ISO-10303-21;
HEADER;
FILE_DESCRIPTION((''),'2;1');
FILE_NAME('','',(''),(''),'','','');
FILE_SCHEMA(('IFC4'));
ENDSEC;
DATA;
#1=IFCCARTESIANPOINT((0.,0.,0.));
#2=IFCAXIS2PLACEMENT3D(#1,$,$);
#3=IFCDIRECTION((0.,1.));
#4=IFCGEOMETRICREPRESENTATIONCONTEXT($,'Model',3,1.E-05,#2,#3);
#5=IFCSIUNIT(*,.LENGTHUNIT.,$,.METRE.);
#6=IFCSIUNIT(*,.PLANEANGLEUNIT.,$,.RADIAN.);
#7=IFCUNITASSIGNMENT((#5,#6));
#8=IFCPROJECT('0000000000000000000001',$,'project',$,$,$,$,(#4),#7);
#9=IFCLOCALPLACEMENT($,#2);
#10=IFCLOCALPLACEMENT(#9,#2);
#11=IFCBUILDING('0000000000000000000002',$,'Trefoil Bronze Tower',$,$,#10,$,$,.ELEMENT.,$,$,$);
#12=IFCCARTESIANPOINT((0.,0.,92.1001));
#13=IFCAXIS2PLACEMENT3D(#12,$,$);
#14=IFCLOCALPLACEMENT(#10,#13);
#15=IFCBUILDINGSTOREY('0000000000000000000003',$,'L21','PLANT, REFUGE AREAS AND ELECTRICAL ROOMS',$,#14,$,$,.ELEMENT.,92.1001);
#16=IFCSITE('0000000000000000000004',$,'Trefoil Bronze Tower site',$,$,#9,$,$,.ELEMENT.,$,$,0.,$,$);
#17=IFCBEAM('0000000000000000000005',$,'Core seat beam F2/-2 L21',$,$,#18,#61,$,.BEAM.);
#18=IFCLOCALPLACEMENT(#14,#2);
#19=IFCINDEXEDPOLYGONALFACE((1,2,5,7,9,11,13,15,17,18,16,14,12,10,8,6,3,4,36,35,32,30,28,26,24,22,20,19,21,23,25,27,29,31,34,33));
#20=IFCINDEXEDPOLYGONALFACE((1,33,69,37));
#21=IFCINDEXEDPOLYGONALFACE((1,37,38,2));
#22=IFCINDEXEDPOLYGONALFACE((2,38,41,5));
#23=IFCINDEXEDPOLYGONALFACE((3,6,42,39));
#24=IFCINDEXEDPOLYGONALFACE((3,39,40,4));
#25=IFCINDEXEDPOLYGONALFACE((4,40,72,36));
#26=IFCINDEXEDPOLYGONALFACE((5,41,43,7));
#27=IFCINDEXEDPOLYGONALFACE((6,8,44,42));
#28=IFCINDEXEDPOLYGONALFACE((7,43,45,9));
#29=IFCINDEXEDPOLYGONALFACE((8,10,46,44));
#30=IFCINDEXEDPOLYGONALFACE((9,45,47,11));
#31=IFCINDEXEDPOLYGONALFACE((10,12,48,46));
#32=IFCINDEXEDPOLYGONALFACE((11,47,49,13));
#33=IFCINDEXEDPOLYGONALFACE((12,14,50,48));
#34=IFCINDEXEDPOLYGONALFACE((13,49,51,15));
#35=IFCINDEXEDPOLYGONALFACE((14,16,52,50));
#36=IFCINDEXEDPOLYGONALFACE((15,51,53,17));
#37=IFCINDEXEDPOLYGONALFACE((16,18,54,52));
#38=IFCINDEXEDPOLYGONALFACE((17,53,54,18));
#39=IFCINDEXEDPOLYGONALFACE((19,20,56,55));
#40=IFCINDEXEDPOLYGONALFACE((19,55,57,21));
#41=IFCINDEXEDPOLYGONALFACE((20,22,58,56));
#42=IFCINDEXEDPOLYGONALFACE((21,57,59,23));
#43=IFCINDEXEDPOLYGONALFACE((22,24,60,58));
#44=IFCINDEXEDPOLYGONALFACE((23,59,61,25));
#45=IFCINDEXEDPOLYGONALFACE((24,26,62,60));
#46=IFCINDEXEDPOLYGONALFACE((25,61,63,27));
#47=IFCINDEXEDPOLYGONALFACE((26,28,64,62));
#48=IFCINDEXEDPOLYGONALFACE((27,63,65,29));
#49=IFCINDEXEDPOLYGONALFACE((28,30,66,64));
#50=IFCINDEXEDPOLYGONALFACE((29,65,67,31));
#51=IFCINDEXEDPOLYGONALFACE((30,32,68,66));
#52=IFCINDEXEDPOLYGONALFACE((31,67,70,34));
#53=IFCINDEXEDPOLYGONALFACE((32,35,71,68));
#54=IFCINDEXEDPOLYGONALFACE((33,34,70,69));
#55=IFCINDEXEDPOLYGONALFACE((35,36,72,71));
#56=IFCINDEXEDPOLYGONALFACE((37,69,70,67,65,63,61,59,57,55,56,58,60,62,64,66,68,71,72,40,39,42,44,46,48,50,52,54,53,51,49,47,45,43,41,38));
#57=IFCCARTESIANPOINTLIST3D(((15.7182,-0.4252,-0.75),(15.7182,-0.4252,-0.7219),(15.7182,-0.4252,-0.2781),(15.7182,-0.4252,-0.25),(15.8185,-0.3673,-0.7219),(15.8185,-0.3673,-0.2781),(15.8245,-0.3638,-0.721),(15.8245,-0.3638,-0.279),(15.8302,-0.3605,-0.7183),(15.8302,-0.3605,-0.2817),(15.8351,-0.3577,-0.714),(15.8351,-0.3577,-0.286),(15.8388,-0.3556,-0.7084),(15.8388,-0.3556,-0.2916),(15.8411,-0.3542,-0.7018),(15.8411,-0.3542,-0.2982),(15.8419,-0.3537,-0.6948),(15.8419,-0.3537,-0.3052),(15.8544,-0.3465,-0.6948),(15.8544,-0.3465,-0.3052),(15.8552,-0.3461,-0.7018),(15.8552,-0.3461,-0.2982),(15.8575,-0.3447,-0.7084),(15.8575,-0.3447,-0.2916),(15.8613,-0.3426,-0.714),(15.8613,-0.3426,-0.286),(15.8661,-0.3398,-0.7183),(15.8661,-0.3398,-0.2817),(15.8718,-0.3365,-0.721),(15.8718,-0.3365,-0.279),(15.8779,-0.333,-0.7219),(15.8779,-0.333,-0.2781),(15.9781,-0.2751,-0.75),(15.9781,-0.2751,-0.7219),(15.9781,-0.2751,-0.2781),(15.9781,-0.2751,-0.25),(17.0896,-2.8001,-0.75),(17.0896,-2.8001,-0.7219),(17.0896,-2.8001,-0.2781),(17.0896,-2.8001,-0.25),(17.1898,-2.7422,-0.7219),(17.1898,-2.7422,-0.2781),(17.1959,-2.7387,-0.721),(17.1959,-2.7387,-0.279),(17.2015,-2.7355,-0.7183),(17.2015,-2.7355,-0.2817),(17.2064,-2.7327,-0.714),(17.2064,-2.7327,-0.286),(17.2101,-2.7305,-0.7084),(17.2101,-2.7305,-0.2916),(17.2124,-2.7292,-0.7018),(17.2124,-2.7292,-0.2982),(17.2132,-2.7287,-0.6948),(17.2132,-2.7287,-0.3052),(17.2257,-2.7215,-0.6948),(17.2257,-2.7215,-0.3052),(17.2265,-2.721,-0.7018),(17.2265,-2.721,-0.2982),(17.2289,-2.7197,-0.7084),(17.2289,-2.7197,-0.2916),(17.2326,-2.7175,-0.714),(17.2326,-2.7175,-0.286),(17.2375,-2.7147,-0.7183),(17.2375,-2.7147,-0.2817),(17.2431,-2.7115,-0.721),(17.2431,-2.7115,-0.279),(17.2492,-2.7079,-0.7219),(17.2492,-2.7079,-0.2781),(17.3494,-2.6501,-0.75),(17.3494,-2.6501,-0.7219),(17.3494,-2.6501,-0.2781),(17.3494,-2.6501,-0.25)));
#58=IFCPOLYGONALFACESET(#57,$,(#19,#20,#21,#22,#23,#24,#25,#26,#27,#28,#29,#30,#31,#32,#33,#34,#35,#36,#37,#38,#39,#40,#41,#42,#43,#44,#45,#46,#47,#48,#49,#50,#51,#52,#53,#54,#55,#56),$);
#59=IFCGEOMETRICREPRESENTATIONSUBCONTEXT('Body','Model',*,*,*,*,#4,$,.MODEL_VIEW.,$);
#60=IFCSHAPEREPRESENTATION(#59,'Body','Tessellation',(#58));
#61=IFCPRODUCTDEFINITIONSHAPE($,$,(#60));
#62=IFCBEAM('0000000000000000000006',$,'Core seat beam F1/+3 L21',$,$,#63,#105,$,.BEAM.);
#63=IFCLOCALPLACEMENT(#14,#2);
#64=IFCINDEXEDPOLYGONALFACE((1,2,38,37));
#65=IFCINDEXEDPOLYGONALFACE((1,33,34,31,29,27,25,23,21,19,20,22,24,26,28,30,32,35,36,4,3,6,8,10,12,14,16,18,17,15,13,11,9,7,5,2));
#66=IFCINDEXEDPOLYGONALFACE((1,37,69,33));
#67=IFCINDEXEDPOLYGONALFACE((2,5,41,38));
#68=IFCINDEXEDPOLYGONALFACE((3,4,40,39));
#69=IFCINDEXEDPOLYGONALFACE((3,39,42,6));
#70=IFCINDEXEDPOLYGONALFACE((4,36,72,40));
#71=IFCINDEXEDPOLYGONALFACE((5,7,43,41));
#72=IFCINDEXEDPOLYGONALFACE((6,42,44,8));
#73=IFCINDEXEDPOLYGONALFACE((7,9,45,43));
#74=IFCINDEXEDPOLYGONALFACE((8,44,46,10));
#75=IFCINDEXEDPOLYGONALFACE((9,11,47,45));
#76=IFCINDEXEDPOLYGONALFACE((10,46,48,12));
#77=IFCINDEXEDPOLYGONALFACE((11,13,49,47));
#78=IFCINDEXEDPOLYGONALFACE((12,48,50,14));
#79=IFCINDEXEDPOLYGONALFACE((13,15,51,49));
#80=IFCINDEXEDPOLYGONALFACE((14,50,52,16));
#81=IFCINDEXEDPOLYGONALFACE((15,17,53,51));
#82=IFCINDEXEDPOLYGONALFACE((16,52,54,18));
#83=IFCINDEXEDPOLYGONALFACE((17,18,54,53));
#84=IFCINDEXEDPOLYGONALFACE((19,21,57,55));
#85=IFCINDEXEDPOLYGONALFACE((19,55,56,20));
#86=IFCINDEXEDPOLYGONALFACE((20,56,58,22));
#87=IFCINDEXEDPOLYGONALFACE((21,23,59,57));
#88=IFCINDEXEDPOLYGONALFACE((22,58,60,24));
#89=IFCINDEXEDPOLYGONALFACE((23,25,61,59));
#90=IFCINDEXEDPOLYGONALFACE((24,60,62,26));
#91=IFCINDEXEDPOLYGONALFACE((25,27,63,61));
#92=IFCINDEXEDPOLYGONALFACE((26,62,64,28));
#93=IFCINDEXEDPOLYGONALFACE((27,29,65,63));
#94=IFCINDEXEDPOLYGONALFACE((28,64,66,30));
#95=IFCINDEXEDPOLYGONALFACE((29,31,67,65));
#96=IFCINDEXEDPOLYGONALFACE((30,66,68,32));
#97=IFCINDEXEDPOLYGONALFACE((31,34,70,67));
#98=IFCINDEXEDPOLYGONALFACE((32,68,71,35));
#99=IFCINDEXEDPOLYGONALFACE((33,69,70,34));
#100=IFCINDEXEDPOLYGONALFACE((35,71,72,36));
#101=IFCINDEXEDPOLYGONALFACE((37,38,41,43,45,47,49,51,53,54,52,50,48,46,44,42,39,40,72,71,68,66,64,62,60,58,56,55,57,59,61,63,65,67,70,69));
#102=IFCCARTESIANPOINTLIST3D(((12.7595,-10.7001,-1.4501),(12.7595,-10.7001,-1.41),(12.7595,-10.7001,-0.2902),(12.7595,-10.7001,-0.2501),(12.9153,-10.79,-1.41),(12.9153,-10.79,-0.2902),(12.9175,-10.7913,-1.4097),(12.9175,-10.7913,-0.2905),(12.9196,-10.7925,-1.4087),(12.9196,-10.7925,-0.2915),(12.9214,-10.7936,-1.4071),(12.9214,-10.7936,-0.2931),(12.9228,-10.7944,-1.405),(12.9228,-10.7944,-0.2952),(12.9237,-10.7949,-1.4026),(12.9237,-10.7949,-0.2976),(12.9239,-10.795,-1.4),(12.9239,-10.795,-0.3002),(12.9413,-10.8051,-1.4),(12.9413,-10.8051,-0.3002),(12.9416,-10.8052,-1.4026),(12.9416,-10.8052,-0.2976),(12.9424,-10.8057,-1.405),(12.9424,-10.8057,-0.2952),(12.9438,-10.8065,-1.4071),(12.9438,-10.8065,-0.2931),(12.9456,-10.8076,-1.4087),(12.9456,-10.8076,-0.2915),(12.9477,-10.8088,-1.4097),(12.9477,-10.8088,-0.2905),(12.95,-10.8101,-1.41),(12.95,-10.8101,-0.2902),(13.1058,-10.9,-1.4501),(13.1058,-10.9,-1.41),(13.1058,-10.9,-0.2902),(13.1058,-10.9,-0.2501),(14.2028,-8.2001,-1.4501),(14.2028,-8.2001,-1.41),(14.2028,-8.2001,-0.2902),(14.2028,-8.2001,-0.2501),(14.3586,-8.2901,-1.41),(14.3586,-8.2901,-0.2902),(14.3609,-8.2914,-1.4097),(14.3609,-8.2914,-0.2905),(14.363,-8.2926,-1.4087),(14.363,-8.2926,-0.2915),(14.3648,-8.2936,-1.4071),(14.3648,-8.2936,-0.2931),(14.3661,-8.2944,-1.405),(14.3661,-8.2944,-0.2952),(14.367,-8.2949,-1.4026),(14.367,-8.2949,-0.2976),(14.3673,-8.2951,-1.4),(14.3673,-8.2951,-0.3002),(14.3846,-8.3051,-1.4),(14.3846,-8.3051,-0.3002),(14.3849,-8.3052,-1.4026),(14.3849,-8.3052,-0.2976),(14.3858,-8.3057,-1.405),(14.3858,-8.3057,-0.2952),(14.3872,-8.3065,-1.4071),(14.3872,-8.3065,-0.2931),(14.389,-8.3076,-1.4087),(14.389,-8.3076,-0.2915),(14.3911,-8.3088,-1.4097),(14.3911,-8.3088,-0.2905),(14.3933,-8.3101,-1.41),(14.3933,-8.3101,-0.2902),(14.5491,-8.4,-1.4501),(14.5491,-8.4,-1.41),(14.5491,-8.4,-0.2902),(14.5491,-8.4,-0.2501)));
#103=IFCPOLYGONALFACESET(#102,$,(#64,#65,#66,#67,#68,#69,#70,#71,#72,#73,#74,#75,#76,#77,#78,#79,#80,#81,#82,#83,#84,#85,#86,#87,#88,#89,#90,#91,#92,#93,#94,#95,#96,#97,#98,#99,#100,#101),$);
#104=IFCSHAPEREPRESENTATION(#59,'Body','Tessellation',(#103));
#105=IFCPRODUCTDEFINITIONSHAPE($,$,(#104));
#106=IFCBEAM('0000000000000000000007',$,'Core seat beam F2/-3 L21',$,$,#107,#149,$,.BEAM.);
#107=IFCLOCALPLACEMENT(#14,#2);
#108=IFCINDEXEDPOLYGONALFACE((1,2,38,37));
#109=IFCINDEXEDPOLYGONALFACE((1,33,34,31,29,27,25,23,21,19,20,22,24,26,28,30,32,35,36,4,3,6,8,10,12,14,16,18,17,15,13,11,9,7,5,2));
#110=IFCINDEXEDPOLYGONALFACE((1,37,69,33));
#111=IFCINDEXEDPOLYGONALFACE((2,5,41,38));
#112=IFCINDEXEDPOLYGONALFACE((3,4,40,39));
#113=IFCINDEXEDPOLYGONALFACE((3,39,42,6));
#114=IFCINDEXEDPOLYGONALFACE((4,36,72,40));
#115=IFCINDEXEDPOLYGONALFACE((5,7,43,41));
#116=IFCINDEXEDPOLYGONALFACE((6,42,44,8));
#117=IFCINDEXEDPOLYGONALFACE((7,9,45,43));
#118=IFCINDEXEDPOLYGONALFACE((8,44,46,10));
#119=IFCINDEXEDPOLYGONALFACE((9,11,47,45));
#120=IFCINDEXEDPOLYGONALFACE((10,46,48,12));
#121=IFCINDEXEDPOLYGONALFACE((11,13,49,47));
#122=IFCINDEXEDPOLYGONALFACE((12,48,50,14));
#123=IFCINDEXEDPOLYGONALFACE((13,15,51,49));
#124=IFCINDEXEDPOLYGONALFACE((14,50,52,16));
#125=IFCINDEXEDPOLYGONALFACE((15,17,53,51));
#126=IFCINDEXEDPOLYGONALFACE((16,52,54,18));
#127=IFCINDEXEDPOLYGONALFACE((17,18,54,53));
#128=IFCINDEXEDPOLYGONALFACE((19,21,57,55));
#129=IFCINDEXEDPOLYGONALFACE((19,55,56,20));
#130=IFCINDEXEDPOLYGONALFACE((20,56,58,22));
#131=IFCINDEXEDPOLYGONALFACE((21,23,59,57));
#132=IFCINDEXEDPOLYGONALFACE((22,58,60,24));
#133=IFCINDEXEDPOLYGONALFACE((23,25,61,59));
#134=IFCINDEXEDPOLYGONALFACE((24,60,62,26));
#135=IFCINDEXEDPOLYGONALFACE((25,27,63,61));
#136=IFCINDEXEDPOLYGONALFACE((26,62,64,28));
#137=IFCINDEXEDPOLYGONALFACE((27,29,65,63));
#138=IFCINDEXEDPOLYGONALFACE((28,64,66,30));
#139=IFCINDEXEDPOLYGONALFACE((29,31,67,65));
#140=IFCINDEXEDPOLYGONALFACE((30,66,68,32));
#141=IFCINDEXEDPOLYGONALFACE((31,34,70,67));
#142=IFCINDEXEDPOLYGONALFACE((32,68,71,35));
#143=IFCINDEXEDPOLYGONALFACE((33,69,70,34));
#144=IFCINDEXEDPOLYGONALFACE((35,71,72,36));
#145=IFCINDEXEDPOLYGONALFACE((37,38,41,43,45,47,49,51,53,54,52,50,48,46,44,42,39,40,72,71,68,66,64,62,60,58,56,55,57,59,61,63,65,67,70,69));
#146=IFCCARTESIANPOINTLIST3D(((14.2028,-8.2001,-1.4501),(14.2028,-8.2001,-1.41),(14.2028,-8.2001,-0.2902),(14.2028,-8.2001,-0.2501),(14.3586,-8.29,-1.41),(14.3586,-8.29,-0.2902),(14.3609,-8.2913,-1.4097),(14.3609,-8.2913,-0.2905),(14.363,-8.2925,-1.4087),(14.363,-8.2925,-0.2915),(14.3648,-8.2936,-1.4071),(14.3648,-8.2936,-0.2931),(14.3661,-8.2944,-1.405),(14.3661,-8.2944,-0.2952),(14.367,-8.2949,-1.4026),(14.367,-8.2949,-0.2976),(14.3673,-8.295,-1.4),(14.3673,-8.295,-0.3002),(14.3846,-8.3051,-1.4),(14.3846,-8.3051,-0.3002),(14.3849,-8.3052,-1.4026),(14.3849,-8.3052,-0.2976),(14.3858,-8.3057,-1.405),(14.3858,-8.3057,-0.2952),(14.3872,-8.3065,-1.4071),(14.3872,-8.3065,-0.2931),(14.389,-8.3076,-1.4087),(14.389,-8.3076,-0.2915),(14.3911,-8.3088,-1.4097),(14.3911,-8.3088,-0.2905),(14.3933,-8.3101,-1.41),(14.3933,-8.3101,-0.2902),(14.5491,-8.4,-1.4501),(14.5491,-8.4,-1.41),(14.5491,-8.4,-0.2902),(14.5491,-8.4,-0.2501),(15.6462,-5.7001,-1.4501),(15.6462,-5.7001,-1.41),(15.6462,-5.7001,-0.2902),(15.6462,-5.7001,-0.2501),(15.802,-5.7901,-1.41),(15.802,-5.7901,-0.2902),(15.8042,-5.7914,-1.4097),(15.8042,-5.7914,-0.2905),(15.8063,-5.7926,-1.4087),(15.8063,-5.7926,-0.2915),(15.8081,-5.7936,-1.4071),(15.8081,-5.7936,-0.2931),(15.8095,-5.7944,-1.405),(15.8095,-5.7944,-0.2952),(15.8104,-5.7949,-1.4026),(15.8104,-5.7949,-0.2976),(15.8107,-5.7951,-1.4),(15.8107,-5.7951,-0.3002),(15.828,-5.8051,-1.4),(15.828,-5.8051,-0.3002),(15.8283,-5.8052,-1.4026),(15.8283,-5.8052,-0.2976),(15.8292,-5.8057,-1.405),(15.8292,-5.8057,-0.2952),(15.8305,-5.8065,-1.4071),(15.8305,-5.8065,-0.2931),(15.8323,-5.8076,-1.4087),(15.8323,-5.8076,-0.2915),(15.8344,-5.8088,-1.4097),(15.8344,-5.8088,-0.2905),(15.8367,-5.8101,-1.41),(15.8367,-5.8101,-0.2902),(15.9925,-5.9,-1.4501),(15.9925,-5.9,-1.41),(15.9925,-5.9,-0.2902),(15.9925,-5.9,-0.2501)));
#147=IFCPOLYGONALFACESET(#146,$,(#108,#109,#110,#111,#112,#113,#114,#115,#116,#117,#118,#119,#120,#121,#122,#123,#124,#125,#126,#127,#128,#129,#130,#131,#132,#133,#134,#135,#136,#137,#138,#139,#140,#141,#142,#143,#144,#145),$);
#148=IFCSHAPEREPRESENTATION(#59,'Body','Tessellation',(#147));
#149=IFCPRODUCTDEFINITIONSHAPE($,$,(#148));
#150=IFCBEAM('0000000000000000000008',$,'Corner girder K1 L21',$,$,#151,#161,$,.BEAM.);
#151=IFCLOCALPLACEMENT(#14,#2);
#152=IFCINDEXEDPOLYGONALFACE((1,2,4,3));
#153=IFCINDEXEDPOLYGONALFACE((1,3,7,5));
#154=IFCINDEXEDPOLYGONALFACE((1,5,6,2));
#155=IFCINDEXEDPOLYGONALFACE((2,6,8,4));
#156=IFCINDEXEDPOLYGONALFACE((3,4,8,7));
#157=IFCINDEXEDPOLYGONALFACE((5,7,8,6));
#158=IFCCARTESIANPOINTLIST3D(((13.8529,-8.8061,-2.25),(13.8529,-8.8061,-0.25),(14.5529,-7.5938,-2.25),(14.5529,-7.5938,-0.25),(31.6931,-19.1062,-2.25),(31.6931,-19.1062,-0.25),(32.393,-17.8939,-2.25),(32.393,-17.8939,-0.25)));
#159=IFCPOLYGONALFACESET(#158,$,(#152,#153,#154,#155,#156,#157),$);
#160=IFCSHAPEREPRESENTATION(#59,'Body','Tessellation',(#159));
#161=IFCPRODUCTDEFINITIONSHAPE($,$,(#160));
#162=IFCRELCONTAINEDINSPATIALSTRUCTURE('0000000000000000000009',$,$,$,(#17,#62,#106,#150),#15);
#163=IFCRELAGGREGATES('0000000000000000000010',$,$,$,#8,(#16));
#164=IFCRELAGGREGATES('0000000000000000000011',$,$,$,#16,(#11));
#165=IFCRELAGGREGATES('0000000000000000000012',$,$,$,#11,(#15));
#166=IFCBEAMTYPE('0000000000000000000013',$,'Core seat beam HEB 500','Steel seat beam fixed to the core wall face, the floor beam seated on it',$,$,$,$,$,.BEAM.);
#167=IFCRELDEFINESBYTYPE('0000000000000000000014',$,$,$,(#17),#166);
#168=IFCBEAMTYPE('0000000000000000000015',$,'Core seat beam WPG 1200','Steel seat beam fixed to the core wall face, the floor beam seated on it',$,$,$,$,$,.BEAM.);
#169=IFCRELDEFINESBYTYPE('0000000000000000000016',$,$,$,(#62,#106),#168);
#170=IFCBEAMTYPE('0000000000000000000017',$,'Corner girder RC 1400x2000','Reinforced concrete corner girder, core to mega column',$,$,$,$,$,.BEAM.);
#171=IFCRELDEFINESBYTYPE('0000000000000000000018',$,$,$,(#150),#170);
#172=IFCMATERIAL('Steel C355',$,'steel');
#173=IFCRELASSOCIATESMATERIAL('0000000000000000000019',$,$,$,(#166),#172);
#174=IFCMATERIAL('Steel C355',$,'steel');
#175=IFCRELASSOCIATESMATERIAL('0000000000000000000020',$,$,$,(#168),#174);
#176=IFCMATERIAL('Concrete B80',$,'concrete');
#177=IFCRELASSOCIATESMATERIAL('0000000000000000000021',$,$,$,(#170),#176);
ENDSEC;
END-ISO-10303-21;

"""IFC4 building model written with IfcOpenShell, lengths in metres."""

from ifc_helpers import new_model, si_unit, direction, frame, origin, origin_2d, place, context, subcontext, project, spatial, rectangle, i_section, extrude, material, material_profile, profile_set, type_object, element, save


model = new_model("IFC4")

# Units and contexts
model_context = context("Model", 3, precision=1e-05, world=origin(), true_north=direction((0.0, 1.0)))
body_context = subcontext(model_context, "Body", "Model", "MODEL_VIEW")
ifc_project = project(units=[si_unit("LENGTHUNIT", "METRE"), si_unit("PLANEANGLEUNIT", "RADIAN")], contexts=[model_context])

# Site, building, storey
site_placement = place(None, origin())
site = spatial("IfcSite", under=ifc_project, at=site_placement, Name="Trefoil Bronze Tower site", CompositionType="ELEMENT", RefElevation=0.0)
building_placement = place(site_placement, origin())
building = spatial("IfcBuilding", under=site, at=building_placement, Name="Trefoil Bronze Tower", CompositionType="ELEMENT")
storey_placement = place(building_placement, frame((0.0, 0.0, 92.1001)))
storey = spatial("IfcBuildingStorey", under=building, at=storey_placement, Name="L21", Description="PLANT, REFUGE AREAS AND ELECTRICAL ROOMS", CompositionType="ELEMENT", Elevation=92.1001)

# Beams
ifc_material_1 = material(Name="Steel C355", Category="steel")
ifc_material_profile_1 = material_profile(ifc_material_1, i_section(OverallWidth=0.3, OverallDepth=0.5, WebThickness=0.0144, FlangeThickness=0.0281, FilletRadius=0.0271, at=origin_2d()), Name="HEB 500")
ifc_profile_set_1 = profile_set([ifc_material_profile_1], Name="Steel C355")
beam_type_1 = type_object("IfcBeamType", Name="Core seat beam HEB 500", Description="Steel seat beam fixed to the core wall face, the floor beam seated on it", PredefinedType="BEAM", material=ifc_profile_set_1)
beam_1_placement = place(storey_placement, frame((17.2195, -2.7251, -0.5), z_axis=(-0.500036, 0.866005, 0.0), x_axis=(-0.866005, -0.500036, 0.0)))
element("IfcBeam", 1, at=beam_1_placement, inside=storey, type_object=beam_type_1, Name="Core seat beam F2/-2 L21", PredefinedType="BEAM", context=body_context, shape_type="SweptSolid", body=[
    extrude(i_section(OverallWidth=0.3, OverallDepth=0.5, WebThickness=0.0144, FlangeThickness=0.0281, FilletRadius=0.0271, at=origin_2d()), origin(), (0.0, 0.0, 1.0), 2.7424),
])
ifc_material_2 = material(Name="Steel C355", Category="steel")
ifc_material_profile_2 = material_profile(ifc_material_2, i_section(OverallWidth=0.3999, OverallDepth=1.2, WebThickness=0.02, FlangeThickness=0.04, FilletRadius=0.01, at=origin_2d()), Name="WPG 1200")
ifc_profile_set_2 = profile_set([ifc_material_profile_2], Name="Steel C355")
beam_type_2 = type_object("IfcBeamType", Name="Core seat beam WPG 1200", Description="Steel seat beam fixed to the core wall face, the floor beam seated on it", PredefinedType="BEAM", material=ifc_profile_set_2)
for number, where, z_axis, x_axis, name in (
    (2, (12.9326, -10.8, -0.8501), (0.499996, 0.866028, 0.0), (-0.866028, 0.499996, 0.0), "Core seat beam F1/+3 L21"),
    (3, (14.376, -8.3, -0.8501), (0.499996, 0.866028, 0.0), (-0.866028, 0.499996, 0.0), "Core seat beam F2/-3 L21"),
):
    element("IfcBeam", number, at=place(storey_placement, frame(where, z_axis=z_axis, x_axis=x_axis)), inside=storey, type_object=beam_type_2, Name=name, PredefinedType="BEAM", context=body_context, shape_type="SweptSolid", body=[
        extrude(i_section(OverallWidth=0.3999, OverallDepth=1.2, WebThickness=0.02, FlangeThickness=0.04, FilletRadius=0.01, at=origin_2d()), origin(), (0.0, 0.0, 1.0), 2.8867),
    ])
ifc_material_3 = material(Name="Concrete B80", Category="concrete")
ifc_material_profile_3 = material_profile(ifc_material_3, rectangle(XDim=1.3999, YDim=2.0, at=origin_2d()), Name="RC 1400x2000")
ifc_profile_set_3 = profile_set([ifc_material_profile_3], Name="Concrete B80")
beam_type_3 = type_object("IfcBeamType", Name="Corner girder RC 1400x2000", Description="Reinforced concrete corner girder, core to mega column", PredefinedType="BEAM", material=ifc_profile_set_3)
beam_2_placement = place(storey_placement, frame((14.2029, -8.2, -1.25), z_axis=(0.866024, -0.500003, 0.0), x_axis=(0.500003, 0.866024, 0.0)))
element("IfcBeam", 4, at=beam_2_placement, inside=storey, type_object=beam_type_3, Name="Corner girder K1 L21", PredefinedType="BEAM", context=body_context, shape_type="SweptSolid", body=[
    extrude(rectangle(XDim=1.3999, YDim=2.0, at=origin_2d()), origin(), (0.0, 0.0, 1.0), 20.6001),
])

save(model, "model.ifc")
